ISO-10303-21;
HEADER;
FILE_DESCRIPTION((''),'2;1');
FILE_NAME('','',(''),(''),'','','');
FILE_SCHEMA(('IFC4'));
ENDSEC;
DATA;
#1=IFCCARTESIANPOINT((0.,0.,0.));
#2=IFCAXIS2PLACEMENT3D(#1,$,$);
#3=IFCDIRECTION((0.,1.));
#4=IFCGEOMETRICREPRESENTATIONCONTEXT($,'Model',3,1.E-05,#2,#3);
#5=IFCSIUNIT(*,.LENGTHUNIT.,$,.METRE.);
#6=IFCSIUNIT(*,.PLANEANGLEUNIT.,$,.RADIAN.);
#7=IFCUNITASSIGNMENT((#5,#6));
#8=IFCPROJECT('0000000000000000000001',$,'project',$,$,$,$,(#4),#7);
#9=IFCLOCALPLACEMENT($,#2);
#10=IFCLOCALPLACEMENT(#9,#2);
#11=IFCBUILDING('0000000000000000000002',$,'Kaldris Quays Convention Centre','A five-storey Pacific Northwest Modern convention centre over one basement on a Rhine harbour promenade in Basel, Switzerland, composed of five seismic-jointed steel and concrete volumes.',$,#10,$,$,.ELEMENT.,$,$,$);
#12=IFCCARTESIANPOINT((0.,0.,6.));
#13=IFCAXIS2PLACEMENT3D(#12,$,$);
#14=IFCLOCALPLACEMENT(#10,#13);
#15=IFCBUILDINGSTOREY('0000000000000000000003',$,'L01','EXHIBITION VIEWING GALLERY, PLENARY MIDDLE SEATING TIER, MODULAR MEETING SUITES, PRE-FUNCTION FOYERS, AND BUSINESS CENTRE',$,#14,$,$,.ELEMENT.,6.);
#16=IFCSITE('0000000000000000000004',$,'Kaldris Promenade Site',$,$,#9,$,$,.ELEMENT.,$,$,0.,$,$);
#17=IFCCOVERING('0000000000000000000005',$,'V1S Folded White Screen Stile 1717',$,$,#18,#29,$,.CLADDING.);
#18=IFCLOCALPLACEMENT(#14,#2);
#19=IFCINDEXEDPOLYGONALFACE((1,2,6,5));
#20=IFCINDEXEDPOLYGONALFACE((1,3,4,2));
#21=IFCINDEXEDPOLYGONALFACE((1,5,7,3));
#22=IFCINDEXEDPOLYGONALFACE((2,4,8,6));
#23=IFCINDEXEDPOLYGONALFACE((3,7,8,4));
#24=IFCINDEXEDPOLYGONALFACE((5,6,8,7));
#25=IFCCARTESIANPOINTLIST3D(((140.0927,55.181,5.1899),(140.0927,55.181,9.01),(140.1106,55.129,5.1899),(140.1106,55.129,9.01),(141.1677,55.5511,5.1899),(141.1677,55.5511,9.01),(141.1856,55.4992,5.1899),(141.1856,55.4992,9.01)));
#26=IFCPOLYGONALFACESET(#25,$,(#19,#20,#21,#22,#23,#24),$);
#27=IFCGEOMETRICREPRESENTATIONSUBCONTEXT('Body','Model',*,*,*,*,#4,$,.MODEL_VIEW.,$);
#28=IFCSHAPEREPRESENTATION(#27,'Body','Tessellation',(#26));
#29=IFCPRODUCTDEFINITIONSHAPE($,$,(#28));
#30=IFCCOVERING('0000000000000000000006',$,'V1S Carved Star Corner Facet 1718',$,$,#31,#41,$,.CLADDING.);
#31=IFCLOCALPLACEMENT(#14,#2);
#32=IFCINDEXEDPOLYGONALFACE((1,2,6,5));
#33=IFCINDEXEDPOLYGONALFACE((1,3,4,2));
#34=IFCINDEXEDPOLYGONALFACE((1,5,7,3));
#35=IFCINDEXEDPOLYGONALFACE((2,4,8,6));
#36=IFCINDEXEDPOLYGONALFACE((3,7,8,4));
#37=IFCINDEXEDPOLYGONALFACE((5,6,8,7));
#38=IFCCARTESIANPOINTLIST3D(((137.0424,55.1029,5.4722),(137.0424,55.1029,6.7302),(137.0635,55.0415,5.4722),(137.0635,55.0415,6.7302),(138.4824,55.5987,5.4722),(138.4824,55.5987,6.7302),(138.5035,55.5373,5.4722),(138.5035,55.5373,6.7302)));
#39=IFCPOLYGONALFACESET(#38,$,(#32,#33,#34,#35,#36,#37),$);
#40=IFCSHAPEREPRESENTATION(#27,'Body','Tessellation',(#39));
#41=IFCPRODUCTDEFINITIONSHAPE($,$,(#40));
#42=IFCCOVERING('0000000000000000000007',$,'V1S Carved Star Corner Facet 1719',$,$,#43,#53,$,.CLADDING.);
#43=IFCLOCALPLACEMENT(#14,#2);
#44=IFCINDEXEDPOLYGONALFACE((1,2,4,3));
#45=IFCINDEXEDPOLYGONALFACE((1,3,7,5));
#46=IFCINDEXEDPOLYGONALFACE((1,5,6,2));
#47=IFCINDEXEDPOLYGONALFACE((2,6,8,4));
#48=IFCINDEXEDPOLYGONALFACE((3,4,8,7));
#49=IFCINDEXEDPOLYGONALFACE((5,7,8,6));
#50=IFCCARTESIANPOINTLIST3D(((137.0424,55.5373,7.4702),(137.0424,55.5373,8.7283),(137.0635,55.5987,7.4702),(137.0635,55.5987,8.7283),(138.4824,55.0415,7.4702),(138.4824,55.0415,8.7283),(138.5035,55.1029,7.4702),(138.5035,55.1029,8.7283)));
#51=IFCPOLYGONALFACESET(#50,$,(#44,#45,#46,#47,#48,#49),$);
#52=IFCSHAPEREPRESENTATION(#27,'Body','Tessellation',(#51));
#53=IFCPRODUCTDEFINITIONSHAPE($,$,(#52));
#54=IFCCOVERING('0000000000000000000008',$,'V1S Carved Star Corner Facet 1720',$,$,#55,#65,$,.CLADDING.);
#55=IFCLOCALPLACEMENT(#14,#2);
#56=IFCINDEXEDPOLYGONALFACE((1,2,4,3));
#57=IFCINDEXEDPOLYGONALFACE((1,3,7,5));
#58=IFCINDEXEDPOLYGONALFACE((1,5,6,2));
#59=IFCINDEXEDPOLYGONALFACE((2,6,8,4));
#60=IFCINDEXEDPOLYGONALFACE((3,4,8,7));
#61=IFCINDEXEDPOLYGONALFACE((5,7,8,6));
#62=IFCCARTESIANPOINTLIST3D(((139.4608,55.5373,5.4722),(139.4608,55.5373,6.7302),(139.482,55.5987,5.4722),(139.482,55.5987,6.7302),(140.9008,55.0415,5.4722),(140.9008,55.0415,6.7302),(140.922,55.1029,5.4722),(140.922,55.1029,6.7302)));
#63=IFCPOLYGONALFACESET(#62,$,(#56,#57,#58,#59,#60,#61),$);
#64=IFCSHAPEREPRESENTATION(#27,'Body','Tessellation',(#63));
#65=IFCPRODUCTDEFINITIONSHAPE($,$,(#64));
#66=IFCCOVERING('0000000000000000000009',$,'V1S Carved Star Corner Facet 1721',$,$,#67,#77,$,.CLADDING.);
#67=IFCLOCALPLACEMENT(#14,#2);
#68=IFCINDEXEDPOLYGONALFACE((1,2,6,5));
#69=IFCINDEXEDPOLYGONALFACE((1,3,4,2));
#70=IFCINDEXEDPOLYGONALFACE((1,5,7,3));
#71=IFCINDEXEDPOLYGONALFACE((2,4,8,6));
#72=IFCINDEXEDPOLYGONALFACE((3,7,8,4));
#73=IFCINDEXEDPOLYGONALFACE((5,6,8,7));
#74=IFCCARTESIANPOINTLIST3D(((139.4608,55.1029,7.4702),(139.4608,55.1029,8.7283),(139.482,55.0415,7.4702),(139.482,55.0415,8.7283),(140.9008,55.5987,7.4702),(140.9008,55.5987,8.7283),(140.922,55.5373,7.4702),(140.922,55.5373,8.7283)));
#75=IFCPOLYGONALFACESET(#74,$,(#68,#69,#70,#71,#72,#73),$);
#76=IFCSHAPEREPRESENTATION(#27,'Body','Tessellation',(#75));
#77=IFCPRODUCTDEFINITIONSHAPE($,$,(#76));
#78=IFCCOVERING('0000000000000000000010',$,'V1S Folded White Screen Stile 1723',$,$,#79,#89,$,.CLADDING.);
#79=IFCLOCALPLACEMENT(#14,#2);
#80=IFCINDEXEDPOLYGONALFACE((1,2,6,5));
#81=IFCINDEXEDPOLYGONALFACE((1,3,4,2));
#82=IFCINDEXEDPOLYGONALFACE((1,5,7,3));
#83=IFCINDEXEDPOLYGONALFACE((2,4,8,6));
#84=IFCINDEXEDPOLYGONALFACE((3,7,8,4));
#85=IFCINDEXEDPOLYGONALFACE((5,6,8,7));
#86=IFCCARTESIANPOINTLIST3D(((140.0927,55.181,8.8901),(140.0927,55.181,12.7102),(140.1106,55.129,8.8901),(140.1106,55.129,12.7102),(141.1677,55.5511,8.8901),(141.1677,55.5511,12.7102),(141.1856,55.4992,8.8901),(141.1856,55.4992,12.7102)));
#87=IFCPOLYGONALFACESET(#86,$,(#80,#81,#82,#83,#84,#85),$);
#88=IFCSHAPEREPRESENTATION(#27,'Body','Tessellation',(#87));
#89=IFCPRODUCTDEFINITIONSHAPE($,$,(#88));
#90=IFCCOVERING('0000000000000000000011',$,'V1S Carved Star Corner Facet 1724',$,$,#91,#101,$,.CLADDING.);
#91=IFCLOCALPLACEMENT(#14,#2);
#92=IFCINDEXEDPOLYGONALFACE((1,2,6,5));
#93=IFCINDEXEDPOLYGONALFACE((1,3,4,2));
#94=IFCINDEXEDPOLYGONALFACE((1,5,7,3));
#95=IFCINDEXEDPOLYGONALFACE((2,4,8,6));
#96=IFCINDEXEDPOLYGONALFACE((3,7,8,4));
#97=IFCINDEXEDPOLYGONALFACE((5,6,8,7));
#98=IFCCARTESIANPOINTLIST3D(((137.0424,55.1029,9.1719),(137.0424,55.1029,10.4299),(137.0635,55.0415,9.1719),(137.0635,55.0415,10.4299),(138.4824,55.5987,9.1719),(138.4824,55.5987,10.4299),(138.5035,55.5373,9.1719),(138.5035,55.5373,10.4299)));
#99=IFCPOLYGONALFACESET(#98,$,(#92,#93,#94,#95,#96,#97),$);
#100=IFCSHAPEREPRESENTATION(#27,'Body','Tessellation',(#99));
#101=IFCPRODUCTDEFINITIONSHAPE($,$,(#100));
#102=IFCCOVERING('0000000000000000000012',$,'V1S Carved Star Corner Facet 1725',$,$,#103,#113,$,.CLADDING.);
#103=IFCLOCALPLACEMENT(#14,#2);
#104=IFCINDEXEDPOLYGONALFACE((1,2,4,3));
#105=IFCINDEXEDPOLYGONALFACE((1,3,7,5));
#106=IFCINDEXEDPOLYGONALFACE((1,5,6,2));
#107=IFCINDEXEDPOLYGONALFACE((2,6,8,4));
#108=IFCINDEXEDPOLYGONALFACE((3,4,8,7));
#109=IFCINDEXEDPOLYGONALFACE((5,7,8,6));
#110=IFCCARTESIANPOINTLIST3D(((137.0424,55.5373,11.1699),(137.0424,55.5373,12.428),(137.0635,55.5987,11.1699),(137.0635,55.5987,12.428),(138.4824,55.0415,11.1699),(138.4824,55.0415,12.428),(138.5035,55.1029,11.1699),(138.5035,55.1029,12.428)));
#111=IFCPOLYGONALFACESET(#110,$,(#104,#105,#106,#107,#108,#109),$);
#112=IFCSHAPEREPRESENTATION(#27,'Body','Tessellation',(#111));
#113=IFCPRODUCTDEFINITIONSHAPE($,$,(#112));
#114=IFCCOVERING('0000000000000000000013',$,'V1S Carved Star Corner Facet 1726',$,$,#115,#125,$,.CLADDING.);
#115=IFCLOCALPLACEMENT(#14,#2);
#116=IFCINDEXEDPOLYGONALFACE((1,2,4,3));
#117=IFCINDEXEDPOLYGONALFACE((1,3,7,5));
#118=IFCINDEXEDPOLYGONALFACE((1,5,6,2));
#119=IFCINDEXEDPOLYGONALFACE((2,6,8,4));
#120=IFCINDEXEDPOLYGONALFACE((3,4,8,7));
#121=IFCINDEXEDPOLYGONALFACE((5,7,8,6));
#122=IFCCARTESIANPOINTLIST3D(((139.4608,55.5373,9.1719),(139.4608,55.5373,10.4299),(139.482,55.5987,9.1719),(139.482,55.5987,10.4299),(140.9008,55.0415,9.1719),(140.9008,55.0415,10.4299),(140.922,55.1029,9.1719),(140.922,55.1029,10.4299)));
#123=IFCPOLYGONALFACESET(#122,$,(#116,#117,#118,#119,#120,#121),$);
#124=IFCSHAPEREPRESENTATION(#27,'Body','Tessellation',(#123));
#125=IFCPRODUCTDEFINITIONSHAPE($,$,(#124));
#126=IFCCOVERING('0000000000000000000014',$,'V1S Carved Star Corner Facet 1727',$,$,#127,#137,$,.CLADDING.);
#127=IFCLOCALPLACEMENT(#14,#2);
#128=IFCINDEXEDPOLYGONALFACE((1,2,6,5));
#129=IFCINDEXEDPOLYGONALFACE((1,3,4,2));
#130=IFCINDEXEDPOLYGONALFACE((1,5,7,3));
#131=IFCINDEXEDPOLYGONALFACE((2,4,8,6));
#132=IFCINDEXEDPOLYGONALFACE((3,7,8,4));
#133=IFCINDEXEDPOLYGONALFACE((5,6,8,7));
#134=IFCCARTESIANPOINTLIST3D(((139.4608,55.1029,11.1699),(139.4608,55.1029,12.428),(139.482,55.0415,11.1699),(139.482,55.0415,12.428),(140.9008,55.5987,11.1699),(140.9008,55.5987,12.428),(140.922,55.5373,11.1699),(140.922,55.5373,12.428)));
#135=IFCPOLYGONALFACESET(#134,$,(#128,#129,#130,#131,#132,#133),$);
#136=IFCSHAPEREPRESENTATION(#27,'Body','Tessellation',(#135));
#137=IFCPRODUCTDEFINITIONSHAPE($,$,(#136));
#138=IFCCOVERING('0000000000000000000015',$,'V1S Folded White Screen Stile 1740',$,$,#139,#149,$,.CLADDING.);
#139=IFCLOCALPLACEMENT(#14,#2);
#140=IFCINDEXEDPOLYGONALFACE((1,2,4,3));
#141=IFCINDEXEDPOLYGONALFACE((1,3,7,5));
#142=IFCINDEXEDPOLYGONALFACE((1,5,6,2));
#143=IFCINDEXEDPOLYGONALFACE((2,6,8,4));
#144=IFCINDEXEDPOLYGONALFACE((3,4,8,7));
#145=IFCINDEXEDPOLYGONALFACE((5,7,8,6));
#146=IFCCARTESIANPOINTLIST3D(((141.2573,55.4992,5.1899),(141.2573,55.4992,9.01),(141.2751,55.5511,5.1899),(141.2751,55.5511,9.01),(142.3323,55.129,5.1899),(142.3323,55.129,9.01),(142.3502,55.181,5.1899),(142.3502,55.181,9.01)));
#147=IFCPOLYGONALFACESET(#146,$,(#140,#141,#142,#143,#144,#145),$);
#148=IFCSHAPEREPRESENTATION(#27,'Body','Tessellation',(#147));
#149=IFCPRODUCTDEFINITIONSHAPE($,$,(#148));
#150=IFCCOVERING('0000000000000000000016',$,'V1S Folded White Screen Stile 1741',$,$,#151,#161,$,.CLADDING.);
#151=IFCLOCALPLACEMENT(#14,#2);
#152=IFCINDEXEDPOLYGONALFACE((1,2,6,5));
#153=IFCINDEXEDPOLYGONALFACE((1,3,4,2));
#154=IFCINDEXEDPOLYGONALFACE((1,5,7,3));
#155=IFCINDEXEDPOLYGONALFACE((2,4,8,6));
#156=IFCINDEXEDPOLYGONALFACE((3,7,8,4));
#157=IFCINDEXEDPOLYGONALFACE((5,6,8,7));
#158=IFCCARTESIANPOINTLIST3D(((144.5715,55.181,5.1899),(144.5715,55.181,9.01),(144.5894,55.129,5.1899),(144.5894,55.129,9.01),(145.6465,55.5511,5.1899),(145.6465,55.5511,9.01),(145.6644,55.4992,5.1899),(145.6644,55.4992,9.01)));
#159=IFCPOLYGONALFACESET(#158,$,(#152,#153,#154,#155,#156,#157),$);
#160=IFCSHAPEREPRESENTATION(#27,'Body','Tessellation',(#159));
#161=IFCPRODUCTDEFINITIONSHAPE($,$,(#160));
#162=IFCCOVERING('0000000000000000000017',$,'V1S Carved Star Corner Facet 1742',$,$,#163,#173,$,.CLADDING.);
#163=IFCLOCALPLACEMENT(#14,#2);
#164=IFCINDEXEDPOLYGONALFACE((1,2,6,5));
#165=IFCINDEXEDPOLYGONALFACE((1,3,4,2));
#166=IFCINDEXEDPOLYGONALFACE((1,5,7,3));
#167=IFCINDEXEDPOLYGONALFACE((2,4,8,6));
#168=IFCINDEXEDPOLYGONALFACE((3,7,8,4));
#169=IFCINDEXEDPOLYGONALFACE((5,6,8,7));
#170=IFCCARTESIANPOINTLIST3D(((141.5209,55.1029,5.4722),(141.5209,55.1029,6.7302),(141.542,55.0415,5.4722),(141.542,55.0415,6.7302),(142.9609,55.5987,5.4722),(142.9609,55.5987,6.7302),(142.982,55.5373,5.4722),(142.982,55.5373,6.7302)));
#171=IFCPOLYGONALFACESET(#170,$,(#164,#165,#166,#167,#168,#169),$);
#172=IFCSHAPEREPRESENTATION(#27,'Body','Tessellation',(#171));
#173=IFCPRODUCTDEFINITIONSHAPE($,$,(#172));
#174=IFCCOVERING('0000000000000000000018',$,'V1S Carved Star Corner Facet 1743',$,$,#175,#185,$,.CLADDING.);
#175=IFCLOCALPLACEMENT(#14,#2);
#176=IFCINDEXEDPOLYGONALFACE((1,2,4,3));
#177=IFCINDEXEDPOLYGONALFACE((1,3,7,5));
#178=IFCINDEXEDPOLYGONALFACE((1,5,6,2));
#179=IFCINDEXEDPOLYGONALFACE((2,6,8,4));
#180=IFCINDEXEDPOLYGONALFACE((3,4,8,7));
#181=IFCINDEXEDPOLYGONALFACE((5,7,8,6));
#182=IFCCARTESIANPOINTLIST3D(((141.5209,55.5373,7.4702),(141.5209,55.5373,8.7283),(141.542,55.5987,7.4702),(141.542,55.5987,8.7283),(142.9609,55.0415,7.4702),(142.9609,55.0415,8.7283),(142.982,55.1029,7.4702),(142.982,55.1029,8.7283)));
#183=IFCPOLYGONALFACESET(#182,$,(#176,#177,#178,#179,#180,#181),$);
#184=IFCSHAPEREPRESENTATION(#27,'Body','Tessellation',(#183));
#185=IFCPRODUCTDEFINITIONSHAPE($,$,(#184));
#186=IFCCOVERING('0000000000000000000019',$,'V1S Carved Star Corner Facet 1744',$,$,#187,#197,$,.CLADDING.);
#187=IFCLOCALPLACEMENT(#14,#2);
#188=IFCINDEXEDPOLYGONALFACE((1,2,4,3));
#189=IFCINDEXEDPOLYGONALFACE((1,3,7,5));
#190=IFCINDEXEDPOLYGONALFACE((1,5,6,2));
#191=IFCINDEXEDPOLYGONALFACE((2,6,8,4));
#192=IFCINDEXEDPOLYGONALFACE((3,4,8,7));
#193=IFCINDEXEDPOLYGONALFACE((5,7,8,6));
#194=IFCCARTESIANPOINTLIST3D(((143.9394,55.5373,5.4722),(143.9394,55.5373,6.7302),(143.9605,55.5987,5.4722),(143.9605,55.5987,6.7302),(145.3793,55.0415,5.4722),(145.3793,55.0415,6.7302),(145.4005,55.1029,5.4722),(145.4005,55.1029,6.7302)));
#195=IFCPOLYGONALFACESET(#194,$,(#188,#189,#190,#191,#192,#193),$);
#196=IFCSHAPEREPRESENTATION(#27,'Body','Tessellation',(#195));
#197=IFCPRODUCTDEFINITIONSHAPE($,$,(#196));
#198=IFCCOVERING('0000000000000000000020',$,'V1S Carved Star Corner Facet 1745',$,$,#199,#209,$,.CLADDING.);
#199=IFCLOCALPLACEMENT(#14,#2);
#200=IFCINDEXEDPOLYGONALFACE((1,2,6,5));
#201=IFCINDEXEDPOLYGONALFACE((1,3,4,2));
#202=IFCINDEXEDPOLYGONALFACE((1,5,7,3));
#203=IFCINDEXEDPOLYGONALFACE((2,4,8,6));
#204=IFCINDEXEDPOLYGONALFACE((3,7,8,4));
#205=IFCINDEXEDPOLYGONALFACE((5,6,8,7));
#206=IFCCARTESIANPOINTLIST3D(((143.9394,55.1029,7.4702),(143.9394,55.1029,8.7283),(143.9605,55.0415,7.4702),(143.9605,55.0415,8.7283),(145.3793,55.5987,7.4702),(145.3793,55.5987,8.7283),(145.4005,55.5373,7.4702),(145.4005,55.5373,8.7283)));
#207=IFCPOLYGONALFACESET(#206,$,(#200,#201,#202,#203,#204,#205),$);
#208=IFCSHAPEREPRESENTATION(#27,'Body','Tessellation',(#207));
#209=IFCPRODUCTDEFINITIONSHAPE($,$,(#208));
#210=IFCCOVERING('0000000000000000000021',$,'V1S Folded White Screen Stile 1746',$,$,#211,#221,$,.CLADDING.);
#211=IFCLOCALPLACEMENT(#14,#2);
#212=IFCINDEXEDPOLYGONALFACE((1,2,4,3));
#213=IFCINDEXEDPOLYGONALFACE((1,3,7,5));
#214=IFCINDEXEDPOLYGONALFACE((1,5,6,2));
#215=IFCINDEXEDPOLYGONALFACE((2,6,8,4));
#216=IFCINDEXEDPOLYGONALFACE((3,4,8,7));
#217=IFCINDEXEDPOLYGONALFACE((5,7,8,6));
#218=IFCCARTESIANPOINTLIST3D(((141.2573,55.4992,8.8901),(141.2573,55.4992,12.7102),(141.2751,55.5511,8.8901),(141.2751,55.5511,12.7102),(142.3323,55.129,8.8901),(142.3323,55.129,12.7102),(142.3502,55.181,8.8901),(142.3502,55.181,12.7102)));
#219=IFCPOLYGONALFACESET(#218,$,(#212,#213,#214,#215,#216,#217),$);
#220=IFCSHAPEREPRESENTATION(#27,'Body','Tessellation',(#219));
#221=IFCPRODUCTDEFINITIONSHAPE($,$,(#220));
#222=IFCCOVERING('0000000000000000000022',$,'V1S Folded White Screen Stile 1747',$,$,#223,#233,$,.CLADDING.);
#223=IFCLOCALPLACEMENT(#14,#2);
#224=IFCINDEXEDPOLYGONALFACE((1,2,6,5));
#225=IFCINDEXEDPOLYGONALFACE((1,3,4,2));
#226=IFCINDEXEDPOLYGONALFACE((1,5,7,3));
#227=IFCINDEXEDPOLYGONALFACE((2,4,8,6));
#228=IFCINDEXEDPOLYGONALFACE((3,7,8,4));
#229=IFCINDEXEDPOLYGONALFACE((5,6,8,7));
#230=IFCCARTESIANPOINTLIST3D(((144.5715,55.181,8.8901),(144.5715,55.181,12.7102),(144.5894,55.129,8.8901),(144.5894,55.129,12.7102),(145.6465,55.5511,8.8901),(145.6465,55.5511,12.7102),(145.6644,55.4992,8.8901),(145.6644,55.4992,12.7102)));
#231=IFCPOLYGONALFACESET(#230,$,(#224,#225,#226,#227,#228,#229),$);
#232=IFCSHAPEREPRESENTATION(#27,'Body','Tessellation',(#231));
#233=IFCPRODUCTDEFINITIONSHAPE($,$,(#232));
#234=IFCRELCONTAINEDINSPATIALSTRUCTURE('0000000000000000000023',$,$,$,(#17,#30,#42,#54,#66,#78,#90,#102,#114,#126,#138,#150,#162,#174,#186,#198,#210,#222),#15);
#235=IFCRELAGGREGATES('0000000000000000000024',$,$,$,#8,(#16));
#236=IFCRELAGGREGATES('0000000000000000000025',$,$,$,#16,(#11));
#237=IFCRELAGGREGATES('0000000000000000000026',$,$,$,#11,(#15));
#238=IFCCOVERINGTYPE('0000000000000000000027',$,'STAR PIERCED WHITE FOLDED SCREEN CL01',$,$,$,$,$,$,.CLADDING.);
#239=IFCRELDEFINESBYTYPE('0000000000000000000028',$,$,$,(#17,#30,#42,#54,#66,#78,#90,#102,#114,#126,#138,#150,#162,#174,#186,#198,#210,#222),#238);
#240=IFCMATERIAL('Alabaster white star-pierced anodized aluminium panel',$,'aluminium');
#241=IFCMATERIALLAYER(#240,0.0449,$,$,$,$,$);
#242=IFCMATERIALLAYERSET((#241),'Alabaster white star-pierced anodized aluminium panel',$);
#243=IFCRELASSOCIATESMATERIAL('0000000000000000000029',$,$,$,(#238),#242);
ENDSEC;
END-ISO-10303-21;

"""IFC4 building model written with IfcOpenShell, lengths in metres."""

from ifc_helpers import new_model, si_unit, direction, frame, origin, origin_2d, place, context, subcontext, project, spatial, rectangle, extrude, material, layer, layer_set, type_object, element, save


model = new_model("IFC4")

# Units and contexts
model_context = context("Model", 3, precision=1e-05, world=origin(), true_north=direction((0.0, 1.0)))
body_context = subcontext(model_context, "Body", "Model", "MODEL_VIEW")
ifc_project = project(units=[si_unit("LENGTHUNIT", "METRE"), si_unit("PLANEANGLEUNIT", "RADIAN")], contexts=[model_context])

# Site, building, storey
site_placement = place(None, origin())
site = spatial("IfcSite", under=ifc_project, at=site_placement, Name="Kaldris Promenade Site", CompositionType="ELEMENT", RefElevation=0.0)
building_placement = place(site_placement, origin())
building = spatial("IfcBuilding", under=site, at=building_placement, Name="Kaldris Quays Convention Centre", Description="A five-storey Pacific Northwest Modern convention centre over one basement on a Rhine harbour promenade in Basel, Switzerland, composed of five seismic-jointed steel and concrete volumes.", CompositionType="ELEMENT")
storey_placement = place(building_placement, frame((0.0, 0.0, 6.0)))
storey = spatial("IfcBuildingStorey", under=building, at=storey_placement, Name="L01", Description="EXHIBITION VIEWING GALLERY, PLENARY MIDDLE SEATING TIER, MODULAR MEETING SUITES, PRE-FUNCTION FOYERS, AND BUSINESS CENTRE", CompositionType="ELEMENT", Elevation=6.0)

# Coverings
ifc_material_1 = material(Name="Alabaster white star-pierced anodized aluminium panel", Category="aluminium")
ifc_layer = layer(ifc_material_1, 0.0449)
ifc_layer_set = layer_set([ifc_layer], Name="Alabaster white star-pierced anodized aluminium panel")
covering_type = type_object("IfcCoveringType", Name="STAR PIERCED WHITE FOLDED SCREEN CL01", PredefinedType="CLADDING", material=ifc_layer_set)
covering_1_placement = place(storey_placement, frame((140.6392, 55.3401, 5.1899), z_axis=(0.0, 0.0, 1.0), x_axis=(0.945519, 0.325568, 0.0)))
element("IfcCovering", 1, at=covering_1_placement, inside=storey, type_object=covering_type, Name="V1S Folded White Screen Stile 1717", PredefinedType="CLADDING", context=body_context, shape_type="SweptSolid", body=[
    extrude(rectangle(XDim=1.137, YDim=0.0549, at=origin_2d()), origin(), (0.0, 0.0, 1.0), 3.8201),
])
for number, where, z_axis, x_axis, name in (
    (2, (137.7729, 55.3201, 5.4722), (0.0, 0.0, 1.0), (0.945519, 0.325568, 0.0), "V1S Carved Star Corner Facet 1718"),
    (3, (137.7729, 55.3201, 7.4702), (0.0, 0.0, 1.0), (0.945519, -0.325568, 0.0), "V1S Carved Star Corner Facet 1719"),
    (4, (140.1914, 55.3201, 5.4722), (0.0, 0.0, 1.0), (0.945519, -0.325568, 0.0), "V1S Carved Star Corner Facet 1720"),
    (5, (140.1914, 55.3201, 7.4702), (0.0, 0.0, 1.0), (0.945519, 0.325568, 0.0), "V1S Carved Star Corner Facet 1721"),
):
    element("IfcCovering", number, at=place(storey_placement, frame(where, z_axis=z_axis, x_axis=x_axis)), inside=storey, type_object=covering_type, Name=name, PredefinedType="CLADDING", context=body_context, shape_type="SweptSolid", body=[
        extrude(rectangle(XDim=1.5229, YDim=0.0649, at=origin_2d()), origin(), (0.0, 0.0, 1.0), 1.2581),
    ])
covering_2_placement = place(storey_placement, frame((140.6392, 55.3401, 8.8901), z_axis=(0.0, 0.0, 1.0), x_axis=(0.945519, 0.325568, 0.0)))
element("IfcCovering", 6, at=covering_2_placement, inside=storey, type_object=covering_type, Name="V1S Folded White Screen Stile 1723", PredefinedType="CLADDING", context=body_context, shape_type="SweptSolid", body=[
    extrude(rectangle(XDim=1.137, YDim=0.0549, at=origin_2d()), origin(), (0.0, 0.0, 1.0), 3.8201),
])
for number, where, z_axis, x_axis, name in (
    (7, (137.7729, 55.3201, 9.1719), (0.0, 0.0, 1.0), (0.945519, 0.325568, 0.0), "V1S Carved Star Corner Facet 1724"),
    (8, (137.7729, 55.3201, 11.1699), (0.0, 0.0, 1.0), (0.945519, -0.325568, 0.0), "V1S Carved Star Corner Facet 1725"),
    (9, (140.1914, 55.3201, 9.1719), (0.0, 0.0, 1.0), (0.945519, -0.325568, 0.0), "V1S Carved Star Corner Facet 1726"),
    (10, (140.1914, 55.3201, 11.1699), (0.0, 0.0, 1.0), (0.945519, 0.325568, 0.0), "V1S Carved Star Corner Facet 1727"),
):
    element("IfcCovering", number, at=place(storey_placement, frame(where, z_axis=z_axis, x_axis=x_axis)), inside=storey, type_object=covering_type, Name=name, PredefinedType="CLADDING", context=body_context, shape_type="SweptSolid", body=[
        extrude(rectangle(XDim=1.5229, YDim=0.0649, at=origin_2d()), origin(), (0.0, 0.0, 1.0), 1.2581),
    ])
for number, where, z_axis, x_axis, name in (
    (11, (141.8037, 55.3401, 5.1899), (0.0, 0.0, 1.0), (0.945519, -0.325568, 0.0), "V1S Folded White Screen Stile 1740"),
    (12, (145.1179, 55.3401, 5.1899), (0.0, 0.0, 1.0), (0.945519, 0.325568, 0.0), "V1S Folded White Screen Stile 1741"),
):
    element("IfcCovering", number, at=place(storey_placement, frame(where, z_axis=z_axis, x_axis=x_axis)), inside=storey, type_object=covering_type, Name=name, PredefinedType="CLADDING", context=body_context, shape_type="SweptSolid", body=[
        extrude(rectangle(XDim=1.137, YDim=0.0549, at=origin_2d()), origin(), (0.0, 0.0, 1.0), 3.8201),
    ])
for number, where, z_axis, x_axis, name in (
    (13, (142.2515, 55.3201, 5.4722), (0.0, 0.0, 1.0), (0.945519, 0.325568, 0.0), "V1S Carved Star Corner Facet 1742"),
    (14, (142.2515, 55.3201, 7.4702), (0.0, 0.0, 1.0), (0.945519, -0.325568, 0.0), "V1S Carved Star Corner Facet 1743"),
    (15, (144.6699, 55.3201, 5.4722), (0.0, 0.0, 1.0), (0.945519, -0.325568, 0.0), "V1S Carved Star Corner Facet 1744"),
    (16, (144.6699, 55.3201, 7.4702), (0.0, 0.0, 1.0), (0.945519, 0.325568, 0.0), "V1S Carved Star Corner Facet 1745"),
):
    element("IfcCovering", number, at=place(storey_placement, frame(where, z_axis=z_axis, x_axis=x_axis)), inside=storey, type_object=covering_type, Name=name, PredefinedType="CLADDING", context=body_context, shape_type="SweptSolid", body=[
        extrude(rectangle(XDim=1.5229, YDim=0.0649, at=origin_2d()), origin(), (0.0, 0.0, 1.0), 1.2581),
    ])
for number, where, z_axis, x_axis, name in (
    (17, (141.8037, 55.3401, 8.8901), (0.0, 0.0, 1.0), (0.945519, -0.325568, 0.0), "V1S Folded White Screen Stile 1746"),
    (18, (145.1179, 55.3401, 8.8901), (0.0, 0.0, 1.0), (0.945519, 0.325568, 0.0), "V1S Folded White Screen Stile 1747"),
):
    element("IfcCovering", number, at=place(storey_placement, frame(where, z_axis=z_axis, x_axis=x_axis)), inside=storey, type_object=covering_type, Name=name, PredefinedType="CLADDING", context=body_context, shape_type="SweptSolid", body=[
        extrude(rectangle(XDim=1.137, YDim=0.0549, at=origin_2d()), origin(), (0.0, 0.0, 1.0), 3.8201),
    ])

save(model, "model.ifc")
